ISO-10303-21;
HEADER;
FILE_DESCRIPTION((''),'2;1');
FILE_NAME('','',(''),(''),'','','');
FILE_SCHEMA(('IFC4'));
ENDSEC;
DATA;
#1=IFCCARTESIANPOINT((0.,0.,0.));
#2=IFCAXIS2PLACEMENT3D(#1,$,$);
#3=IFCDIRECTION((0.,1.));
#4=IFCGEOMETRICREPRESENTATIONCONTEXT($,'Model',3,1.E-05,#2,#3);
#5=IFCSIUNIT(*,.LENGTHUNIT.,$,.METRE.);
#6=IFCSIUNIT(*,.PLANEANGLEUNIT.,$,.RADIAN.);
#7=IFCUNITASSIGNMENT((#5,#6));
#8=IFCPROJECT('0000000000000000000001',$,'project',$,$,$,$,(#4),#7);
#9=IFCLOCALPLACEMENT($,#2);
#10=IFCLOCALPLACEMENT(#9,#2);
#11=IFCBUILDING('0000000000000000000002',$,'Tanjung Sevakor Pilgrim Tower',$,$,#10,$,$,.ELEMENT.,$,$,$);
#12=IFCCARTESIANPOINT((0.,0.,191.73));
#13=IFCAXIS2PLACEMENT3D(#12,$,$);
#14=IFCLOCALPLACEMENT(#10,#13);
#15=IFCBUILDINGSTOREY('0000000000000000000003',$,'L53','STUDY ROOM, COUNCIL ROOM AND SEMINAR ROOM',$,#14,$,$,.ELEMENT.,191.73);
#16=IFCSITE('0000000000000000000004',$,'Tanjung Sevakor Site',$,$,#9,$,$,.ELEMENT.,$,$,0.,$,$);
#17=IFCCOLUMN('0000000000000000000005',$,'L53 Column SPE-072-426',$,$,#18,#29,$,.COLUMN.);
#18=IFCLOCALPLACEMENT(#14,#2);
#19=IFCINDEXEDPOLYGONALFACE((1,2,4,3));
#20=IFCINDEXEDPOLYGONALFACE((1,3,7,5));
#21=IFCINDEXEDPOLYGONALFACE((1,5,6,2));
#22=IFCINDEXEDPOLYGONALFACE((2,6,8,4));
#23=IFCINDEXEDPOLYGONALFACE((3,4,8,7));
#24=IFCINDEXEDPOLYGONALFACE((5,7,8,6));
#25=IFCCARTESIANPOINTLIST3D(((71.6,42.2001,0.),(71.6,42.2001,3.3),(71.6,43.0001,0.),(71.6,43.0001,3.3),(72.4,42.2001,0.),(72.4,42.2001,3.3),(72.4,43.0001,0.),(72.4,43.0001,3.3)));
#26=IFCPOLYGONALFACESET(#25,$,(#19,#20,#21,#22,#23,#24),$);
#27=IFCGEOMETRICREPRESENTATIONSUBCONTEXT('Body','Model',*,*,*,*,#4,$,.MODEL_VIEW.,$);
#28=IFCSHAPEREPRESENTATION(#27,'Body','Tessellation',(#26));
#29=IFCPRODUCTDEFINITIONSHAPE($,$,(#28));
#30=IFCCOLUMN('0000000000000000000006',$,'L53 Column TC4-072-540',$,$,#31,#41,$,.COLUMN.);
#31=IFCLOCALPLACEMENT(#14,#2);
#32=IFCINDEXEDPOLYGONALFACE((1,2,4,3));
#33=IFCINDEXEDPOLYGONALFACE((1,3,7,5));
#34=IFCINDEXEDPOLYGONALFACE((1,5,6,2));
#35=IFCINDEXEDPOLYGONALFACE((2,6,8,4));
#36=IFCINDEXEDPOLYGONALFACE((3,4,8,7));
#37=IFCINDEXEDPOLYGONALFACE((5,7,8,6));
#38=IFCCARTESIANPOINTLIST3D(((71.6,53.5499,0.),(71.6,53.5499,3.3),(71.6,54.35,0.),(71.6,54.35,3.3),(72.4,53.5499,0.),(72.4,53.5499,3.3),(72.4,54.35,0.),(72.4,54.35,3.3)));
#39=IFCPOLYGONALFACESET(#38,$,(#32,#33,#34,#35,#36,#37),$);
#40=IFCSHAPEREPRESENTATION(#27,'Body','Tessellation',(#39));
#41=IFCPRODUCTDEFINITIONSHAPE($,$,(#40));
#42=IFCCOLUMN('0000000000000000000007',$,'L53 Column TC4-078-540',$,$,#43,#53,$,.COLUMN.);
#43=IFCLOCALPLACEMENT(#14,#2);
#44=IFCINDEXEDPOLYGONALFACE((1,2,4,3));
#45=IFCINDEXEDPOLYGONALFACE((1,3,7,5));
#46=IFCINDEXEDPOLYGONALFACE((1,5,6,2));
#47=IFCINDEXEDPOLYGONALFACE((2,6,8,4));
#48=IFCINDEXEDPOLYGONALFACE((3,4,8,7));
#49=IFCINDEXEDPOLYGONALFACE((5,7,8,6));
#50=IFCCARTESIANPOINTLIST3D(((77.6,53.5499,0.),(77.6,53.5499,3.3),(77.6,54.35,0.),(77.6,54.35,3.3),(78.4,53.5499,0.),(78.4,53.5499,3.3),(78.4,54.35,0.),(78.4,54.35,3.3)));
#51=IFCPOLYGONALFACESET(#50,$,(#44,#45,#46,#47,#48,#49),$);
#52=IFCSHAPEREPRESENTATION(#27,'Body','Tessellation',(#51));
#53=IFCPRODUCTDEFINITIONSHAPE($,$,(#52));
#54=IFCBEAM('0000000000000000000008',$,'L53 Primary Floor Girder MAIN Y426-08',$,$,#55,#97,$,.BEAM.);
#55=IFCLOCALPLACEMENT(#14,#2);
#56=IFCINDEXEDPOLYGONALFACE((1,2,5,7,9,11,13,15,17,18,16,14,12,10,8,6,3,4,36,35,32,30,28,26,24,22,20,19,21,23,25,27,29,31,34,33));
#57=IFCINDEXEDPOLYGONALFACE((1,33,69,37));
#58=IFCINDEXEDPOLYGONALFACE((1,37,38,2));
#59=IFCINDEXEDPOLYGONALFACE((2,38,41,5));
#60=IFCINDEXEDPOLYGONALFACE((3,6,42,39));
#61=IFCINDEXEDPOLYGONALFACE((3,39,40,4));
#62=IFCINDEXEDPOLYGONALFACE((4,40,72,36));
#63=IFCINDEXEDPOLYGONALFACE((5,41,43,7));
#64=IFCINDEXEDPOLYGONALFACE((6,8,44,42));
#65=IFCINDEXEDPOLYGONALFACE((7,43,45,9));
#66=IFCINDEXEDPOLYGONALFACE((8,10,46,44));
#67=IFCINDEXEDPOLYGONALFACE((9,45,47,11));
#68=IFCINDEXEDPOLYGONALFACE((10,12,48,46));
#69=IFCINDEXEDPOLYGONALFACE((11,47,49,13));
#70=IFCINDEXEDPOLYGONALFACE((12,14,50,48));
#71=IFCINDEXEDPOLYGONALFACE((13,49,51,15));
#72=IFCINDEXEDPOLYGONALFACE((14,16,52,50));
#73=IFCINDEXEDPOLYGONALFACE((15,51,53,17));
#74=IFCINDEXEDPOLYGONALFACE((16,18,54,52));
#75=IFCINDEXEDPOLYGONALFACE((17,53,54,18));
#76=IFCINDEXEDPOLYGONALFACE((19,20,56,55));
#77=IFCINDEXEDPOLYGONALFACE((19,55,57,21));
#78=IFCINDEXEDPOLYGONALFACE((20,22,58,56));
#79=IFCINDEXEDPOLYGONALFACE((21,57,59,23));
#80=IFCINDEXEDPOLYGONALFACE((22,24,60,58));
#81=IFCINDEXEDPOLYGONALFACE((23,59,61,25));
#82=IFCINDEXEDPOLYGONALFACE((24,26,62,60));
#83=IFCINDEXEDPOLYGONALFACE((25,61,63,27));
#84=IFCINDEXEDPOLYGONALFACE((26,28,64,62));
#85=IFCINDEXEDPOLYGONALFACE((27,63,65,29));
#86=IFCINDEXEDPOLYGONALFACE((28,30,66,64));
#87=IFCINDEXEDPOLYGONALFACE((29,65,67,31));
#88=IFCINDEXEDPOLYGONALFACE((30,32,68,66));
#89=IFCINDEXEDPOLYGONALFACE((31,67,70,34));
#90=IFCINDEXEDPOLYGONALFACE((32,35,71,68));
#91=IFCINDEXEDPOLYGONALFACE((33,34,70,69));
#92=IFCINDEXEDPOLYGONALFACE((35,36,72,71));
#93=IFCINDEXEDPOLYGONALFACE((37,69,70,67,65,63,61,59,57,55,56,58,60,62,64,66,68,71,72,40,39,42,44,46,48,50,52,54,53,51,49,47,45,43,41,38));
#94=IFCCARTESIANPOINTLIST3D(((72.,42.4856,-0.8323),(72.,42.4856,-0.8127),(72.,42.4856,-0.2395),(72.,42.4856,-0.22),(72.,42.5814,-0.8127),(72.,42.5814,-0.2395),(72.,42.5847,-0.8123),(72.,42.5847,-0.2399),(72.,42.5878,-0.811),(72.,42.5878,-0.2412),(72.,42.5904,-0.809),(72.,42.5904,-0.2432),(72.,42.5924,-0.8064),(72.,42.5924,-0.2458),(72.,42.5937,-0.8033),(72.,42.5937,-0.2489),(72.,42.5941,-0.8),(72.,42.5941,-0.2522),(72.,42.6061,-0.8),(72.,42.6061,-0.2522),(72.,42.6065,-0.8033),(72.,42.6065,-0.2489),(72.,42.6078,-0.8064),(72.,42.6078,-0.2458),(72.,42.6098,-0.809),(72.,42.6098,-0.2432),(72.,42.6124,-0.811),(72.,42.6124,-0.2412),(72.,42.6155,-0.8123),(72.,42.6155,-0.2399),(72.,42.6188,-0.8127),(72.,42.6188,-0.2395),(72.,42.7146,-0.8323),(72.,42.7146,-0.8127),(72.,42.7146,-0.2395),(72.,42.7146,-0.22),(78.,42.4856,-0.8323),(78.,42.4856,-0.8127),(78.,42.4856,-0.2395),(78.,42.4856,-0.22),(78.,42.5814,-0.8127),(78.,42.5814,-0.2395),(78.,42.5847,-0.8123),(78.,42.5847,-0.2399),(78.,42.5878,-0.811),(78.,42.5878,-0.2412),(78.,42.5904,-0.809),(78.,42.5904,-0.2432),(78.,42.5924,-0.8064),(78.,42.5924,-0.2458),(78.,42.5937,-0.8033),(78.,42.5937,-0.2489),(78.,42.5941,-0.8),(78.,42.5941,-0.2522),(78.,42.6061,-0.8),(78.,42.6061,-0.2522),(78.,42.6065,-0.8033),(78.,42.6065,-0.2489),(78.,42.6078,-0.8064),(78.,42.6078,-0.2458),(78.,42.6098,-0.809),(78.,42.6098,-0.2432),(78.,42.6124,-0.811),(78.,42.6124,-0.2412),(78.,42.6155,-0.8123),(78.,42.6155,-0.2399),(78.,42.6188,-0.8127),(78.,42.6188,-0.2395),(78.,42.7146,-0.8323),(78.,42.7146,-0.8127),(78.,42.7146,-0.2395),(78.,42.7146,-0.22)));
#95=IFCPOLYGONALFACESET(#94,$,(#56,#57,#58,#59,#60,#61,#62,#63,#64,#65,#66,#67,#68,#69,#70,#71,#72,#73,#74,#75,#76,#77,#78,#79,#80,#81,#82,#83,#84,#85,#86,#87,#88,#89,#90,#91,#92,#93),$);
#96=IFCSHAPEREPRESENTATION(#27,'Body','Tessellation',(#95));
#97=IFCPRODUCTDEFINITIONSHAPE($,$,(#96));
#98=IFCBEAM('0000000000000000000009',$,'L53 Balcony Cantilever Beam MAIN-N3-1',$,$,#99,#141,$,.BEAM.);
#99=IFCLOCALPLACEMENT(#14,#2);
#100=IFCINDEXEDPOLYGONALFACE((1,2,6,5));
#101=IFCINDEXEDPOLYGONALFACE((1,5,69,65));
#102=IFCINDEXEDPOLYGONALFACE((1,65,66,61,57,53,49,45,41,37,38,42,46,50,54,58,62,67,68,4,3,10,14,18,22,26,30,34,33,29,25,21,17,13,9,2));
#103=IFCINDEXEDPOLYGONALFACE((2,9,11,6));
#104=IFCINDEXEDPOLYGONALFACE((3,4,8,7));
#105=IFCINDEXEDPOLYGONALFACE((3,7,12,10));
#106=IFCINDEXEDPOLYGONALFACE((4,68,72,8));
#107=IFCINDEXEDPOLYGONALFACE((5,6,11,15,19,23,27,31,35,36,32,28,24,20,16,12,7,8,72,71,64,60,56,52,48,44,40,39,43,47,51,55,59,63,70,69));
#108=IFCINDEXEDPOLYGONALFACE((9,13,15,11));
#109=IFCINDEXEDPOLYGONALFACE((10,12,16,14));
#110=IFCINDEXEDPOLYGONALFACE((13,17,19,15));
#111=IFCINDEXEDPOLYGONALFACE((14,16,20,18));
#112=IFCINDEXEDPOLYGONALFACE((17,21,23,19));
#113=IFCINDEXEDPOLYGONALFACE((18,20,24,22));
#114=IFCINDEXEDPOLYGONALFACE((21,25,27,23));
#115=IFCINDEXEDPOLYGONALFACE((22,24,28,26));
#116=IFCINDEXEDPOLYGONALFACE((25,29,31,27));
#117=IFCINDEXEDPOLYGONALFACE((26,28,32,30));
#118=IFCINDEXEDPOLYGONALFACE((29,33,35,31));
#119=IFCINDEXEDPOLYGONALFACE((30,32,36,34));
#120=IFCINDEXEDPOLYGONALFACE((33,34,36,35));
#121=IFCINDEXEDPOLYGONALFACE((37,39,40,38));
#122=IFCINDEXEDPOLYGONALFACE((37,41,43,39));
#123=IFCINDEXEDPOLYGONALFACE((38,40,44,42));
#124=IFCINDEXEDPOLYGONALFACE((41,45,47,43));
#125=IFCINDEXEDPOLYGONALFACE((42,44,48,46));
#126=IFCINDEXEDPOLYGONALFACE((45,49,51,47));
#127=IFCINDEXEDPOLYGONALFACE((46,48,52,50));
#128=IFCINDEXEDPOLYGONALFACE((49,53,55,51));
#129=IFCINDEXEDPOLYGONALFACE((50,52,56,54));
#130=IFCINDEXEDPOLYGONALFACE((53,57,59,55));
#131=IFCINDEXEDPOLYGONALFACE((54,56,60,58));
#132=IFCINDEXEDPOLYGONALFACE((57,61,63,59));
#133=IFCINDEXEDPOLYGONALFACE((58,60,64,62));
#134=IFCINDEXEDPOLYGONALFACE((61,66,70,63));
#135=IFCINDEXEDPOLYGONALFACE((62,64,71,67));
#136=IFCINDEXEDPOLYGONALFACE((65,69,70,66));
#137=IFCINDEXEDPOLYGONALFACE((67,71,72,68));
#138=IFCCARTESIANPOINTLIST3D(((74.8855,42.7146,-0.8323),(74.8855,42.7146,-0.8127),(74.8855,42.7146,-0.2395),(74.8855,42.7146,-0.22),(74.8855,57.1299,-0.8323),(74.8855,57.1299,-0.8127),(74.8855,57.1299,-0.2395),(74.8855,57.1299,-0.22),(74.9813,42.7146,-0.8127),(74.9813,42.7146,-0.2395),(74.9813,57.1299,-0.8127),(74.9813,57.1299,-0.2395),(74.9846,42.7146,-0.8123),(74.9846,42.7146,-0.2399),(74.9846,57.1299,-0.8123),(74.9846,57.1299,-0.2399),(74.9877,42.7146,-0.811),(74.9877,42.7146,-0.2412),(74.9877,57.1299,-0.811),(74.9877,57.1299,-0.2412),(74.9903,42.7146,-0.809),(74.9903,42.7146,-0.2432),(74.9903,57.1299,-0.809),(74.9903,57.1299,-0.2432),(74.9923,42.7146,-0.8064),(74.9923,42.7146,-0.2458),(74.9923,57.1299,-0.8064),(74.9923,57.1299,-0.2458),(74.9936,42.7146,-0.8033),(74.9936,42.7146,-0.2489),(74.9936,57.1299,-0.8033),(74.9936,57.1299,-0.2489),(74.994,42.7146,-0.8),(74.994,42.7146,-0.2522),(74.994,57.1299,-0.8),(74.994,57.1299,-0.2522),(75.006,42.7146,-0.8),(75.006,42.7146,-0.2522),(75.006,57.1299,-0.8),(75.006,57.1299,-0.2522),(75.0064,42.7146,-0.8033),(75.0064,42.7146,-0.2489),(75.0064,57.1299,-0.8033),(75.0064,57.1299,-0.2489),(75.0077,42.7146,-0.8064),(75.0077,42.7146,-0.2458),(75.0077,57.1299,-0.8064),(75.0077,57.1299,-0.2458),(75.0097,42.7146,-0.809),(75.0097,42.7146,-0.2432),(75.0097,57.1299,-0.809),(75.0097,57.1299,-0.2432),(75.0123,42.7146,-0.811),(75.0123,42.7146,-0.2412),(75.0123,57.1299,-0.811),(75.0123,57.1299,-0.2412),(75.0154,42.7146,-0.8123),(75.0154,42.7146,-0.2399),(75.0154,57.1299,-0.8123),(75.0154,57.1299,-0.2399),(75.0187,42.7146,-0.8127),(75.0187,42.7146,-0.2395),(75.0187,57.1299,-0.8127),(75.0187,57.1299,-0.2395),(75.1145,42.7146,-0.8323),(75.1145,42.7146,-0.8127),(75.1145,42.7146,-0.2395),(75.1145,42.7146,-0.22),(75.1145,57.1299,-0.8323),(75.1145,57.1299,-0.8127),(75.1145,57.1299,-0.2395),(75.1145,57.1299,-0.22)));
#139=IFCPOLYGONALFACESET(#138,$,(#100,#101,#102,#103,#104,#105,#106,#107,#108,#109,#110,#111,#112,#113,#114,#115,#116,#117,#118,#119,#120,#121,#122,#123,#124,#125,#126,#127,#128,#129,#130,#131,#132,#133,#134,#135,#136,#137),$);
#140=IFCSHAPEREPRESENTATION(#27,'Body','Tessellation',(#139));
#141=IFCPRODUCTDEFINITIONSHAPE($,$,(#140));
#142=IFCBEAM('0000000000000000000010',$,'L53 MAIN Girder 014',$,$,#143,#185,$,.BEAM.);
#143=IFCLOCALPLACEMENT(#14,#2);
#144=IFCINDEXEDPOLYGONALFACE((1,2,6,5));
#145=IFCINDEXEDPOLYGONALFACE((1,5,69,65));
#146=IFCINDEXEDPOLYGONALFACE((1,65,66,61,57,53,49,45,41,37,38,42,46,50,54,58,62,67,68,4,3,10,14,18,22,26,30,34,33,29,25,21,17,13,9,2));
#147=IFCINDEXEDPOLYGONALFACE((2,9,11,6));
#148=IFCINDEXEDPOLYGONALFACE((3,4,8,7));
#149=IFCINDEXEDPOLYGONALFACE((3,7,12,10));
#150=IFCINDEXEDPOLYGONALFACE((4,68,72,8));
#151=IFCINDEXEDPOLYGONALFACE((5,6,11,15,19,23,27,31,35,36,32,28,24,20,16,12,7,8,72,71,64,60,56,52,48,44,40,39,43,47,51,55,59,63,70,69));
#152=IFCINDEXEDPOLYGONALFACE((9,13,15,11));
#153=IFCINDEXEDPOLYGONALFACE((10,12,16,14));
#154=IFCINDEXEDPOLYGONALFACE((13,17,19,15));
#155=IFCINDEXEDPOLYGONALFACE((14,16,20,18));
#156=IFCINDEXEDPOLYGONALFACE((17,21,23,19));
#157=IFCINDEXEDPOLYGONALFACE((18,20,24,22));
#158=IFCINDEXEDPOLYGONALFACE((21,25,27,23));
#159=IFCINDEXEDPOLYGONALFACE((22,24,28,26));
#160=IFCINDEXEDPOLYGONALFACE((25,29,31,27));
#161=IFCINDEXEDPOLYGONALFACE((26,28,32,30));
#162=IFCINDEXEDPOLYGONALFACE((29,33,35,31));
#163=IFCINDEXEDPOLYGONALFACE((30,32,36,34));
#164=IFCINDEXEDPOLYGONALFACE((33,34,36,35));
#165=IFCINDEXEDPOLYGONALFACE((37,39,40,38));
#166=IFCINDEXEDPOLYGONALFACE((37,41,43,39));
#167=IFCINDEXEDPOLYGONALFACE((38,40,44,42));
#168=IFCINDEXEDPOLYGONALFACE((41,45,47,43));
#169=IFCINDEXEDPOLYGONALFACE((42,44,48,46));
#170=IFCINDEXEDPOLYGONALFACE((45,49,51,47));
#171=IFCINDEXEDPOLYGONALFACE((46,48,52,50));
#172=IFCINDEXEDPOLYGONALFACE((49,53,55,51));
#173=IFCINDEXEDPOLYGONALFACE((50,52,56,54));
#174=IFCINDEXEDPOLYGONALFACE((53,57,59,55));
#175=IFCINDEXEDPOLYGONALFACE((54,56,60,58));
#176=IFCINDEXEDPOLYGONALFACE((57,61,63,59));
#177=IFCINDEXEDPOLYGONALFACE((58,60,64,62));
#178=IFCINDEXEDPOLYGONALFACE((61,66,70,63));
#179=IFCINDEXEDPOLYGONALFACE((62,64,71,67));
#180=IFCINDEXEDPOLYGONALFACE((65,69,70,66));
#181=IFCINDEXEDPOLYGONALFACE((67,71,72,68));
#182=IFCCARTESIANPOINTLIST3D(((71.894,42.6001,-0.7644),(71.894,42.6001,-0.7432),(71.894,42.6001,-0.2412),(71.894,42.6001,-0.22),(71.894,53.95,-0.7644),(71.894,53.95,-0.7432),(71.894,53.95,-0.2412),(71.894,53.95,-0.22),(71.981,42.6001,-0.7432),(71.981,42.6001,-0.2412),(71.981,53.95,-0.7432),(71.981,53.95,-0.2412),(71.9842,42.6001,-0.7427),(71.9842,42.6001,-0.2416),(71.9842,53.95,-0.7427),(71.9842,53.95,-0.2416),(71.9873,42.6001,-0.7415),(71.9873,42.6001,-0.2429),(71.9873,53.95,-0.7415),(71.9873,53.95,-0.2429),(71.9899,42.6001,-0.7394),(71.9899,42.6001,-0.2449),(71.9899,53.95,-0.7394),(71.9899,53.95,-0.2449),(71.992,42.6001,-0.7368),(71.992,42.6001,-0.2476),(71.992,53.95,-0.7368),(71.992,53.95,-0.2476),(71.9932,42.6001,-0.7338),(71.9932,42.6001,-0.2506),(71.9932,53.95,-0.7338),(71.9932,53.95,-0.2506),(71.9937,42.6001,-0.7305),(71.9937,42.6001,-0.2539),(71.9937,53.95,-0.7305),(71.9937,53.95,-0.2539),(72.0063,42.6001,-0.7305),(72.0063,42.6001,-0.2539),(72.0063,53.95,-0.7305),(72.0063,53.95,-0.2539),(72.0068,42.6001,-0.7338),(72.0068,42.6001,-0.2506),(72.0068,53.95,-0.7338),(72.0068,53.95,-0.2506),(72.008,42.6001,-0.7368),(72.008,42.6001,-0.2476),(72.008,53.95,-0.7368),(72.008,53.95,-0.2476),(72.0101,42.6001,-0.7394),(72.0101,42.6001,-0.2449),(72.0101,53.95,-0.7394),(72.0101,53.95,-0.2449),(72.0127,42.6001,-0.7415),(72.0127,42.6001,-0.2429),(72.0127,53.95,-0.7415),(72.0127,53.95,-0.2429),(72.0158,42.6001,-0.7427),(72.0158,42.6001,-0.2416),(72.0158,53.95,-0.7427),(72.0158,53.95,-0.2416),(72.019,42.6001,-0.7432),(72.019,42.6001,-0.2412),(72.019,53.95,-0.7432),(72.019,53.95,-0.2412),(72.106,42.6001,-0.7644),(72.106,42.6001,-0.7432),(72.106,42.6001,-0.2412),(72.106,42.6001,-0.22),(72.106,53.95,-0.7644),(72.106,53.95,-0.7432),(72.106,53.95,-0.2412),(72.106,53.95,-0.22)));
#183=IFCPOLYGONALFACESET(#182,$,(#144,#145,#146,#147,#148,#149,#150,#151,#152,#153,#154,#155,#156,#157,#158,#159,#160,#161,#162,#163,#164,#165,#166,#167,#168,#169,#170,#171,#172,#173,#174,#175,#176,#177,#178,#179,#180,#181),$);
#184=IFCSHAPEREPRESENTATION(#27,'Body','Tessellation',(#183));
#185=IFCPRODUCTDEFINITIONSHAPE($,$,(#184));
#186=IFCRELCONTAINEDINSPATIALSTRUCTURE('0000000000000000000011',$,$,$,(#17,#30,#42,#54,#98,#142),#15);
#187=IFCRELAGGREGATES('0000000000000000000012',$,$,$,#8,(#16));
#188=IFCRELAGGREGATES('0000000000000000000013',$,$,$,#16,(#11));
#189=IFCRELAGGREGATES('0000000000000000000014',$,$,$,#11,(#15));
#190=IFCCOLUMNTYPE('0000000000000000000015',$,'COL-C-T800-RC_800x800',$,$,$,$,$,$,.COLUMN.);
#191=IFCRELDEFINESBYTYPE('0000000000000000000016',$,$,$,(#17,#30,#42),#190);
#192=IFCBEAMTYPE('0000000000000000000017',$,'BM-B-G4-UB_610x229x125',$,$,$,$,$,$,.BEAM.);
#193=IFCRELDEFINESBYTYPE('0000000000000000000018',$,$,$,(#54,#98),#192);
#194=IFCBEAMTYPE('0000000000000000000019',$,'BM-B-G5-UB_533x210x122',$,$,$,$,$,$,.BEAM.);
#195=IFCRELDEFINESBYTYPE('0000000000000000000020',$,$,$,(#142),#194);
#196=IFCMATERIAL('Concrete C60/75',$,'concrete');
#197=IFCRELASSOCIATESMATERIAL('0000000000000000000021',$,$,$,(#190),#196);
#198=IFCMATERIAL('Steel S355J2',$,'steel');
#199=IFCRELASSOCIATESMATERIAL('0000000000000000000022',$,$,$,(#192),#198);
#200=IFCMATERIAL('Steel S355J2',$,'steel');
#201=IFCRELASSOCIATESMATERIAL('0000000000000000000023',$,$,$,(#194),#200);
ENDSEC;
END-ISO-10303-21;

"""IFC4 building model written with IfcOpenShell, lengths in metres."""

from ifc_helpers import new_model, si_unit, direction, frame, origin, origin_2d, place, context, subcontext, project, spatial, rectangle, i_section, extrude, material, material_profile, profile_set, type_object, element, save


model = new_model("IFC4")

# Units and contexts
model_context = context("Model", 3, precision=1e-05, world=origin(), true_north=direction((0.0, 1.0)))
body_context = subcontext(model_context, "Body", "Model", "MODEL_VIEW")
ifc_project = project(units=[si_unit("LENGTHUNIT", "METRE"), si_unit("PLANEANGLEUNIT", "RADIAN")], contexts=[model_context])

# Site, building, storey
site_placement = place(None, origin())
site = spatial("IfcSite", under=ifc_project, at=site_placement, Name="Tanjung Sevakor Site", CompositionType="ELEMENT", RefElevation=0.0)
building_placement = place(site_placement, origin())
building = spatial("IfcBuilding", under=site, at=building_placement, Name="Tanjung Sevakor Pilgrim Tower", CompositionType="ELEMENT")
storey_placement = place(building_placement, frame((0.0, 0.0, 191.73)))
storey = spatial("IfcBuildingStorey", under=building, at=storey_placement, Name="L53", Description="STUDY ROOM, COUNCIL ROOM AND SEMINAR ROOM", CompositionType="ELEMENT", Elevation=191.73)

# Columns
ifc_material_1 = material(Name="Concrete C60/75", Category="concrete")
ifc_material_profile_1 = material_profile(ifc_material_1, rectangle(XDim=0.8, YDim=0.8, at=origin_2d()))
ifc_profile_set_1 = profile_set([ifc_material_profile_1], Name="Concrete C60/75")
column_type = type_object("IfcColumnType", Name="COL-C-T800-RC_800x800", PredefinedType="COLUMN", material=ifc_profile_set_1)
for number, where, z_axis, x_axis, name in (
    (1, (72.0, 42.6001, 0.0), (0.0, 0.0, 1.0), (1.0, 0.0, 0.0), "L53 Column SPE-072-426"),
    (2, (72.0, 53.95, 0.0), (0.0, 0.0, 1.0), (1.0, 0.0, 0.0), "L53 Column TC4-072-540"),
    (3, (78.0, 53.95, 0.0), (0.0, 0.0, 1.0), (1.0, 0.0, 0.0), "L53 Column TC4-078-540"),
):
    element("IfcColumn", number, at=place(storey_placement, frame(where, z_axis=z_axis, x_axis=x_axis)), inside=storey, type_object=column_type, Name=name, PredefinedType="COLUMN", context=body_context, shape_type="SweptSolid", body=[
        extrude(rectangle(XDim=0.8, YDim=0.8, at=origin_2d()), origin(), (0.0, 0.0, 1.0), 3.3),
    ])

# Beams
ifc_material_2 = material(Name="Steel S355J2", Category="steel")
ifc_material_profile_2 = material_profile(ifc_material_2, i_section(OverallWidth=0.229, OverallDepth=0.6123, WebThickness=0.012, FlangeThickness=0.0195, FilletRadius=0.0127, at=origin_2d()))
ifc_profile_set_2 = profile_set([ifc_material_profile_2], Name="Steel S355J2")
beam_type_1 = type_object("IfcBeamType", Name="BM-B-G4-UB_610x229x125", PredefinedType="BEAM", material=ifc_profile_set_2)
beam_1_placement = place(storey_placement, frame((72.0, 42.6001, -0.5261), z_axis=(1.0, 0.0, 0.0), x_axis=(0.0, 1.0, 0.0)))
element("IfcBeam", 4, at=beam_1_placement, inside=storey, type_object=beam_type_1, Name="L53 Primary Floor Girder MAIN Y426-08", PredefinedType="BEAM", context=body_context, shape_type="SweptSolid", body=[
    extrude(i_section(OverallWidth=0.229, OverallDepth=0.6123, WebThickness=0.012, FlangeThickness=0.0195, FilletRadius=0.0127, at=origin_2d()), origin(), (0.0, 0.0, 1.0), 6.0),
])
beam_2_placement = place(storey_placement, frame((75.0, 42.7146, -0.5261), z_axis=(0.0, 1.0, 0.0), x_axis=(-1.0, 0.0, 0.0)))
element("IfcBeam", 5, at=beam_2_placement, inside=storey, type_object=beam_type_1, Name="L53 Balcony Cantilever Beam MAIN-N3-1", PredefinedType="BEAM", context=body_context, shape_type="SweptSolid", body=[
    extrude(i_section(OverallWidth=0.229, OverallDepth=0.6123, WebThickness=0.012, FlangeThickness=0.0195, FilletRadius=0.0127, at=origin_2d()), origin(), (0.0, 0.0, 1.0), 14.4153),
])
ifc_material_3 = material(Name="Steel S355J2", Category="steel")
ifc_material_profile_3 = material_profile(ifc_material_3, i_section(OverallWidth=0.2119, OverallDepth=0.5444, WebThickness=0.0127, FlangeThickness=0.0212, FilletRadius=0.0127, at=origin_2d()))
ifc_profile_set_3 = profile_set([ifc_material_profile_3], Name="Steel S355J2")
beam_type_2 = type_object("IfcBeamType", Name="BM-B-G5-UB_533x210x122", PredefinedType="BEAM", material=ifc_profile_set_3)
beam_3_placement = place(storey_placement, frame((72.0, 42.6001, -0.4922), z_axis=(0.0, 1.0, 0.0), x_axis=(-1.0, 0.0, 0.0)))
element("IfcBeam", 6, at=beam_3_placement, inside=storey, type_object=beam_type_2, Name="L53 MAIN Girder 014", PredefinedType="BEAM", context=body_context, shape_type="SweptSolid", body=[
    extrude(i_section(OverallWidth=0.2119, OverallDepth=0.5444, WebThickness=0.0127, FlangeThickness=0.0212, FilletRadius=0.0127, at=origin_2d()), origin(), (0.0, 0.0, 1.0), 11.3499),
])

save(model, "model.ifc")
